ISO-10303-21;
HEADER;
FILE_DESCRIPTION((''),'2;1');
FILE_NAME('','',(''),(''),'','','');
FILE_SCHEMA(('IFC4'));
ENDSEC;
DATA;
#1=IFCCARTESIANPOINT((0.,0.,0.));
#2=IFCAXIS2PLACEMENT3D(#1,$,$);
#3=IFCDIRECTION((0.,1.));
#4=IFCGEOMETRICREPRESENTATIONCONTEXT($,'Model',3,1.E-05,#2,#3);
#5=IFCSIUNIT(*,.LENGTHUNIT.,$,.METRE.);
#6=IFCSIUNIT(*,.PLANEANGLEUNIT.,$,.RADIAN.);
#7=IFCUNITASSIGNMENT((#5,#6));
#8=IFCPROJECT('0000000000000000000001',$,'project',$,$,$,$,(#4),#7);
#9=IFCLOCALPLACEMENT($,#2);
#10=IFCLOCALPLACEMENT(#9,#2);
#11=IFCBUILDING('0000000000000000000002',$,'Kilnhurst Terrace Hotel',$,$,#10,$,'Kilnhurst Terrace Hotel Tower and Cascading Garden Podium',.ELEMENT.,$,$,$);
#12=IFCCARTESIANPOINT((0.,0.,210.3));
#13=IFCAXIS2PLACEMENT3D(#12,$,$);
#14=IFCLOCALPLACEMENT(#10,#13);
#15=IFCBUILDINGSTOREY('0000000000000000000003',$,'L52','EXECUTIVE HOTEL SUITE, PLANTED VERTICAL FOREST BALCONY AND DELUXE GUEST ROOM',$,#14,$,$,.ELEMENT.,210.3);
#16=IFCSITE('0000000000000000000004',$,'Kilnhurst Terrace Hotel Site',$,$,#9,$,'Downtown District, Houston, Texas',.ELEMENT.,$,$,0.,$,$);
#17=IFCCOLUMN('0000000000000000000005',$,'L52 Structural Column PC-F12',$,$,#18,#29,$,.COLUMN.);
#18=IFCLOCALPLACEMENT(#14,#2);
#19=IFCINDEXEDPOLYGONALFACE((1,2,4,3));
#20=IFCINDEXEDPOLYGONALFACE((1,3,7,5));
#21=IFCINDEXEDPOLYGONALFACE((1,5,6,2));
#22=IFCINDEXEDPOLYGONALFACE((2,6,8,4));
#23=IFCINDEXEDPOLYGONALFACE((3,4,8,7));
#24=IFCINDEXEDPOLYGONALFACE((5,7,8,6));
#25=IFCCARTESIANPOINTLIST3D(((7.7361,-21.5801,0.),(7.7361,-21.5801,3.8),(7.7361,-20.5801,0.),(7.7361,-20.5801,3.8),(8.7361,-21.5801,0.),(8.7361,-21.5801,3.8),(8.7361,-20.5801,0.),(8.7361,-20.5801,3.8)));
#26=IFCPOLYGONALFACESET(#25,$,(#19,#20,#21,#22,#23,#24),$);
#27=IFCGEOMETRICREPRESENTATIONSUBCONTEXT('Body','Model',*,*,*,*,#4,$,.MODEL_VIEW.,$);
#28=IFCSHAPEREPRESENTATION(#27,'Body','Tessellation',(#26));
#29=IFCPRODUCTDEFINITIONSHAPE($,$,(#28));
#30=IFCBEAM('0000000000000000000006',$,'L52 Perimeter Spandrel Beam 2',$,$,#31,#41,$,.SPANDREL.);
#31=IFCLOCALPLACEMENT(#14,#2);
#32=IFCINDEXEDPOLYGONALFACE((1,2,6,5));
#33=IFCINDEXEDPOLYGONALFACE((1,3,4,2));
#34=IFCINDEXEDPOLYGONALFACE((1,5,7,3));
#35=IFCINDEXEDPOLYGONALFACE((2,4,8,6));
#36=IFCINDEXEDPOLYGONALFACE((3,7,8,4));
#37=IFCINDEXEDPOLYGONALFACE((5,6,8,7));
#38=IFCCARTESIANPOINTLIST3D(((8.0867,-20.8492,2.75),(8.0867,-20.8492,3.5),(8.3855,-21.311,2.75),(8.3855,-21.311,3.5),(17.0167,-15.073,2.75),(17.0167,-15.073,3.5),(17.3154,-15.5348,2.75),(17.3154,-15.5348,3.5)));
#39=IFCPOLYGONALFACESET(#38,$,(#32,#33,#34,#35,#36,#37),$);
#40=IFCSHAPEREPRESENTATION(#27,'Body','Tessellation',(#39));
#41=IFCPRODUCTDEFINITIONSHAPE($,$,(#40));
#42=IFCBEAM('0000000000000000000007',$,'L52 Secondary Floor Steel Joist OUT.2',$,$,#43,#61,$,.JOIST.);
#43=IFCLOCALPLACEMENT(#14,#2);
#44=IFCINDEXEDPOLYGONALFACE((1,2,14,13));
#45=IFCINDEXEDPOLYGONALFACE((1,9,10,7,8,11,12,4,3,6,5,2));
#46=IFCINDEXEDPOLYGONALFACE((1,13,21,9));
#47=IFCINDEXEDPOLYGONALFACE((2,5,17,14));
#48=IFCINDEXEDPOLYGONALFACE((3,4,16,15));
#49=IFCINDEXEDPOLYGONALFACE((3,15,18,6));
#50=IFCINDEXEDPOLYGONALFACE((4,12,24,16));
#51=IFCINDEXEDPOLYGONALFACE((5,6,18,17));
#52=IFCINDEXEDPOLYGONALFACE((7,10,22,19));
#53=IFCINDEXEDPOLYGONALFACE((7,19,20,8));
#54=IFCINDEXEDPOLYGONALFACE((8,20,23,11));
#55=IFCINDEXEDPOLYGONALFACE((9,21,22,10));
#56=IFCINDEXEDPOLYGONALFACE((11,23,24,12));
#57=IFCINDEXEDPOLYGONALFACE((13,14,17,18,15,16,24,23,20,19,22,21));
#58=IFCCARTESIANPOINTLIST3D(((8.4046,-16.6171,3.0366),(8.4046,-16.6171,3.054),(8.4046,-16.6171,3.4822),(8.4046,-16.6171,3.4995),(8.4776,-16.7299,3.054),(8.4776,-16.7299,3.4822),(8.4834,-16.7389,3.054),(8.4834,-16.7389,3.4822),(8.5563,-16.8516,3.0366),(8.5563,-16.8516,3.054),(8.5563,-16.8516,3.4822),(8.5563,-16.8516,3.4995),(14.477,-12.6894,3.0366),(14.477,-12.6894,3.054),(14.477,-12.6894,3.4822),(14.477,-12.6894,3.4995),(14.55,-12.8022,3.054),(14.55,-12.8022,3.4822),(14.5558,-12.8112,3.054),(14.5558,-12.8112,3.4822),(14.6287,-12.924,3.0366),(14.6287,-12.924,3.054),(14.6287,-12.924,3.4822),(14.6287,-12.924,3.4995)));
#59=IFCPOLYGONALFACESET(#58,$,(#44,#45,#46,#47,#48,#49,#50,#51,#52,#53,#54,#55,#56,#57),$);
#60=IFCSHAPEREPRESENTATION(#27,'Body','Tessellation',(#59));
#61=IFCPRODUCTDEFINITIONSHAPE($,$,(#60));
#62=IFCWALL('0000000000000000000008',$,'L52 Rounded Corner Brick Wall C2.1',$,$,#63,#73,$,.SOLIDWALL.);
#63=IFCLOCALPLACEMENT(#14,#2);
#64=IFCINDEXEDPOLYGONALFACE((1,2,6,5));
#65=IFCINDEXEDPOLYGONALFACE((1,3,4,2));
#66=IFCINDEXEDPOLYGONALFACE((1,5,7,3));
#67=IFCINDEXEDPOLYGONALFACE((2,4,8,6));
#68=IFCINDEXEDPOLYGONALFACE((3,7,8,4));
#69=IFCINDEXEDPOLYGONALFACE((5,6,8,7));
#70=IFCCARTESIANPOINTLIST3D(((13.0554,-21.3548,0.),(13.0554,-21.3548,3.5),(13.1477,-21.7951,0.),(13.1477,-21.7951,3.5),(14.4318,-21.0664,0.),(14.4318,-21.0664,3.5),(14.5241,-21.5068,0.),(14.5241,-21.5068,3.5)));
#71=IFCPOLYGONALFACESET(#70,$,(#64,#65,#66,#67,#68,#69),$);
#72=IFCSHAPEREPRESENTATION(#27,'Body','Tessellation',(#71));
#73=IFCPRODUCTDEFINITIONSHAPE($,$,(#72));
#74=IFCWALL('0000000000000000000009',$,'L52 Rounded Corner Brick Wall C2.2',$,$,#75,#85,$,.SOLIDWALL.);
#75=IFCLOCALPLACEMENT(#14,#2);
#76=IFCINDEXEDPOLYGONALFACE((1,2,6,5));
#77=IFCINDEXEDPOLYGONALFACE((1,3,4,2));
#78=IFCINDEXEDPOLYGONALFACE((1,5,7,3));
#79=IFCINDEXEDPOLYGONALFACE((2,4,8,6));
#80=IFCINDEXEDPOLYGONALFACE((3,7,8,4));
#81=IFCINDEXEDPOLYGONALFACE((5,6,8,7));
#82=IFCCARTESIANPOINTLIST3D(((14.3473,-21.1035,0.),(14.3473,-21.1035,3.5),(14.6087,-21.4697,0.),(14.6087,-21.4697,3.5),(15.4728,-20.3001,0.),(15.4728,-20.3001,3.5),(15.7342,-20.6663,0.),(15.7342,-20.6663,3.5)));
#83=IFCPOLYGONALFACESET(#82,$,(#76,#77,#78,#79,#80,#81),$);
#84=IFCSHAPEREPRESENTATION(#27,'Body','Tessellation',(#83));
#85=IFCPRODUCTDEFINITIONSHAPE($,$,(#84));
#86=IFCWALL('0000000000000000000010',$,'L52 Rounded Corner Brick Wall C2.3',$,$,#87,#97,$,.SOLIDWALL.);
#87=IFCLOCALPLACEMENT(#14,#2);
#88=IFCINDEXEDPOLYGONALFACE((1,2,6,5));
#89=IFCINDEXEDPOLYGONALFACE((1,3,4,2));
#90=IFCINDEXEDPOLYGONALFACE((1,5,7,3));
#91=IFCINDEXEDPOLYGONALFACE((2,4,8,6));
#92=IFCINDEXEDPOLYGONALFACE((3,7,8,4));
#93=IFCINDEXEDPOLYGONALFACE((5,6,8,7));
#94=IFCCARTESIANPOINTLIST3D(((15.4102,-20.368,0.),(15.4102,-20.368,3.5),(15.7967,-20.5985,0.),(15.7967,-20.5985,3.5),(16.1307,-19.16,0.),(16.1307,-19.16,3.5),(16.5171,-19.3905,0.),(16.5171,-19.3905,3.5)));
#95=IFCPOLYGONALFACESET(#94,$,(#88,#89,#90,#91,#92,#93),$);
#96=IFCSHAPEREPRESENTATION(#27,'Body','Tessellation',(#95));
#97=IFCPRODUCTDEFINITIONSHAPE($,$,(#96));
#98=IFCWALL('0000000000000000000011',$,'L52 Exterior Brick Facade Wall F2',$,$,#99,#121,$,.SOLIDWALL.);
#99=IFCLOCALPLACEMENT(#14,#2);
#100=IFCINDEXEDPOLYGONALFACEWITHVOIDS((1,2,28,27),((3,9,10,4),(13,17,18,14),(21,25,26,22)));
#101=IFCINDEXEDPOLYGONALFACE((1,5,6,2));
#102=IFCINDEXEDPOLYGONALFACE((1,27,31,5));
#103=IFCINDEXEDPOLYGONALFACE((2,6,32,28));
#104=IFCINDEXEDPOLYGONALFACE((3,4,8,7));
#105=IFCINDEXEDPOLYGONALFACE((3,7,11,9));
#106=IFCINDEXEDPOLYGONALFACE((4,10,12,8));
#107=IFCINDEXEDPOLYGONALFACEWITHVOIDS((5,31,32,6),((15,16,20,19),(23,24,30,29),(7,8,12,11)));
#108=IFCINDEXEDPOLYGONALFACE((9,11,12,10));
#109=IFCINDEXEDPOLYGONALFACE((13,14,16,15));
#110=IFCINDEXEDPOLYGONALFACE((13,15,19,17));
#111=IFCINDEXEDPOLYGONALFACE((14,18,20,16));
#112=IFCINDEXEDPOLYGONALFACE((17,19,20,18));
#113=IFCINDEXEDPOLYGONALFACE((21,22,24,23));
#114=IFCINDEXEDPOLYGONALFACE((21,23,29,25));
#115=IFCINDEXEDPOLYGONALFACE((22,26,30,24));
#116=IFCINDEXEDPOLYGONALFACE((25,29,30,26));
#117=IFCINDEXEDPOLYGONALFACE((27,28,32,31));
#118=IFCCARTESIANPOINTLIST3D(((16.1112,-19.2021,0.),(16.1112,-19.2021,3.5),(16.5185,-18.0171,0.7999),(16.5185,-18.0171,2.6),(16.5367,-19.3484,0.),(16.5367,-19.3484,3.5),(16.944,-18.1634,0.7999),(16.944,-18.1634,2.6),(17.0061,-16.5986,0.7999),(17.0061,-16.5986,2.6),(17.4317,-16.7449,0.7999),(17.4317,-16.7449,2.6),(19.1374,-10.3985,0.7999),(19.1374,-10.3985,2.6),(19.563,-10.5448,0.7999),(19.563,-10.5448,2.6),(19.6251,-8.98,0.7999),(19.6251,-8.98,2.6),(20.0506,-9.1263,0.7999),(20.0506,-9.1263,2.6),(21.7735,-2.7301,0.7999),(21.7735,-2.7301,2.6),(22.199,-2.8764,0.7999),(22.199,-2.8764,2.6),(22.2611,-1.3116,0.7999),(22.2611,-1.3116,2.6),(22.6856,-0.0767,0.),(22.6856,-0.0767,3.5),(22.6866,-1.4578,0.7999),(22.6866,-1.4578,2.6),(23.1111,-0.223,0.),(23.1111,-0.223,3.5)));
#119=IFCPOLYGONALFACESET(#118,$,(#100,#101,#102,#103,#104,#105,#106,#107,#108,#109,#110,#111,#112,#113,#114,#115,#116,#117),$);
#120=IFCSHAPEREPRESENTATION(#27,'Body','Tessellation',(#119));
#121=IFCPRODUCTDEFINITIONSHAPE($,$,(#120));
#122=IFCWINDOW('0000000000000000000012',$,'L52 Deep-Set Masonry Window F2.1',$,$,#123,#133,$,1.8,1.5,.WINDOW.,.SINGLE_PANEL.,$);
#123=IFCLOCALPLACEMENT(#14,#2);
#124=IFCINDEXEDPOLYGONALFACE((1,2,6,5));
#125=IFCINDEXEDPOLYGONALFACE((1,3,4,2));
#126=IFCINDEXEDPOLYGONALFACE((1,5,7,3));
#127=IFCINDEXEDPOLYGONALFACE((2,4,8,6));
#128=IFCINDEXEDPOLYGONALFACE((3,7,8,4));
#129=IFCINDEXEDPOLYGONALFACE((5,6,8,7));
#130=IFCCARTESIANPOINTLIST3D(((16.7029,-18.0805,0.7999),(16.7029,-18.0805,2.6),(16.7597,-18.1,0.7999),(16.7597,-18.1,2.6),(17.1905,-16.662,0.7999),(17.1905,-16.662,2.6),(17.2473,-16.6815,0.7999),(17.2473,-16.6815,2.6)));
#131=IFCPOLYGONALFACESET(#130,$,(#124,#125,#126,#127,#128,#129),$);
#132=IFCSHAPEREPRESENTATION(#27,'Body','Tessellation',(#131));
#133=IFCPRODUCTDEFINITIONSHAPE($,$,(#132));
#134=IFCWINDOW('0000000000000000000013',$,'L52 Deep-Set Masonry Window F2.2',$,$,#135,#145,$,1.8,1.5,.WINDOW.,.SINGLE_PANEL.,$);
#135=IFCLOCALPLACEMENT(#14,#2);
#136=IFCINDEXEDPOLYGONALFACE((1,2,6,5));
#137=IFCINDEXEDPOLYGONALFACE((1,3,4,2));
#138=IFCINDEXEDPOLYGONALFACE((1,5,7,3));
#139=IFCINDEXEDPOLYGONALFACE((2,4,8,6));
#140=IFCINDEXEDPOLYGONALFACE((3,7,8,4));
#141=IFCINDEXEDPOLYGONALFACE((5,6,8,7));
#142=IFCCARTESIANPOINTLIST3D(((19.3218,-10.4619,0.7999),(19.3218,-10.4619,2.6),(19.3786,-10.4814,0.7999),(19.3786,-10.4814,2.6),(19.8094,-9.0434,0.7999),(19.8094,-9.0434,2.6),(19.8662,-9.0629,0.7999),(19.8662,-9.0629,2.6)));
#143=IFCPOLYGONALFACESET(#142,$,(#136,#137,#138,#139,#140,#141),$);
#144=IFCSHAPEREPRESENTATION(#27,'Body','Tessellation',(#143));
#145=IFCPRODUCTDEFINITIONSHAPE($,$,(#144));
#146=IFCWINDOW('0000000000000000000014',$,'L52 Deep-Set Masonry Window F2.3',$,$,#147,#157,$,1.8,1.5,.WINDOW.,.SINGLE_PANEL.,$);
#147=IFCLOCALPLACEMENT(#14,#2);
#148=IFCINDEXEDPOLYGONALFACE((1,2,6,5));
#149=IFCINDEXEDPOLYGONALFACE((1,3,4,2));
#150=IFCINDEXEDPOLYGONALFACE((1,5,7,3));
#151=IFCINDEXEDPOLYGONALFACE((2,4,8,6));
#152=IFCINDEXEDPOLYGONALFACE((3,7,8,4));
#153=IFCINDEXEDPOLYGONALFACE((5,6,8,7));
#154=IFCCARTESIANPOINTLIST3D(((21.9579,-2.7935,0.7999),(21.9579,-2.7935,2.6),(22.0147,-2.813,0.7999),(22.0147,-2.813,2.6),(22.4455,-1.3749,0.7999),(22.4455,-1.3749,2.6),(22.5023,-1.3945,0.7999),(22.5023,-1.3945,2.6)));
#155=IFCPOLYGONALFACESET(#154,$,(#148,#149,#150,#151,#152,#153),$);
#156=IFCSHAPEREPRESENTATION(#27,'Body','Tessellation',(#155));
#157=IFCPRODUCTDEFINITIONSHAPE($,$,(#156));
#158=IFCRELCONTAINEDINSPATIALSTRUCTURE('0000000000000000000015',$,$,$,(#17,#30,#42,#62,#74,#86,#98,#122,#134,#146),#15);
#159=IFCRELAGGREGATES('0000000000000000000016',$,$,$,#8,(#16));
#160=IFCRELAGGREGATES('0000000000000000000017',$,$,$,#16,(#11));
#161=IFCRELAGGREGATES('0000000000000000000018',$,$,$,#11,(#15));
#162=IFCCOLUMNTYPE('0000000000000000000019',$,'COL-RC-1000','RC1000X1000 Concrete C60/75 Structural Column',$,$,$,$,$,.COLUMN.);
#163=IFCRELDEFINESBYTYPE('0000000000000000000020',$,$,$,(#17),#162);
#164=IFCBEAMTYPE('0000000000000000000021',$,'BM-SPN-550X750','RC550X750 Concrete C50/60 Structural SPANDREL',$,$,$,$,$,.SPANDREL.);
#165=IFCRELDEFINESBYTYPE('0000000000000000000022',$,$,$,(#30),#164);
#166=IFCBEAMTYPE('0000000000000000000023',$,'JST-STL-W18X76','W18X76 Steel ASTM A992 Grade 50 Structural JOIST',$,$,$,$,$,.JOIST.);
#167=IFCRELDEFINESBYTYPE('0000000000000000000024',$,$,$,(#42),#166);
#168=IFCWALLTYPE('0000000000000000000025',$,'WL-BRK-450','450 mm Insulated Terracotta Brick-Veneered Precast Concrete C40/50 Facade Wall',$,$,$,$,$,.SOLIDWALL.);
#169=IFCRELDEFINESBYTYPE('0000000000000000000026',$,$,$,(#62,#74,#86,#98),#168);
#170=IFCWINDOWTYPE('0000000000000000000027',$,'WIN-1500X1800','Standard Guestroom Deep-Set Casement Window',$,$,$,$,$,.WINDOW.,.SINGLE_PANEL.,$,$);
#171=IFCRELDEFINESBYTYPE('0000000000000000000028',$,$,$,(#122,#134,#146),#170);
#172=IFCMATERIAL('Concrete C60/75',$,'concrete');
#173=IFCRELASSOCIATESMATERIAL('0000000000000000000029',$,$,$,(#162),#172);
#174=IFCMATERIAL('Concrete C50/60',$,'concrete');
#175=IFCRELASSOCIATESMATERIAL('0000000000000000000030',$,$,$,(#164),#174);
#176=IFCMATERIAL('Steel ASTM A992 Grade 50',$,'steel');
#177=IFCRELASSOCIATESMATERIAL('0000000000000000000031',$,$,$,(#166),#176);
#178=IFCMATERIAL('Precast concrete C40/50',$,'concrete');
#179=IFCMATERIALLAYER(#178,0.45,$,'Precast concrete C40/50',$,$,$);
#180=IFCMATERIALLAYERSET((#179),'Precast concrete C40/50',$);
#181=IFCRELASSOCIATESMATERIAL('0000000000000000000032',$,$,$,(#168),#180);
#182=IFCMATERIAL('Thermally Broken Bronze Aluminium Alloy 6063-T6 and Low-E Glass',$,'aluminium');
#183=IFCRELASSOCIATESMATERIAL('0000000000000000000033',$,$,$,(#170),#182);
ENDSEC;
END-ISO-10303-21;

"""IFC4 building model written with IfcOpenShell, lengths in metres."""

from ifc_helpers import new_model, si_unit, direction, frame, frame_2d, origin, origin_2d, place, context, subcontext, project, spatial, rectangle, i_section, extrude, material, layer, layer_set, material_profile, profile_set, type_object, element, fill, save


model = new_model("IFC4")

# Units and contexts
model_context = context("Model", 3, precision=1e-05, world=origin(), true_north=direction((0.0, 1.0)))
body_context = subcontext(model_context, "Body", "Model", "MODEL_VIEW")
ifc_project = project(units=[si_unit("LENGTHUNIT", "METRE"), si_unit("PLANEANGLEUNIT", "RADIAN")], contexts=[model_context])

# Site, building, storey
site_placement = place(None, origin())
site = spatial("IfcSite", under=ifc_project, at=site_placement, Name="Kilnhurst Terrace Hotel Site", LongName="Downtown District, Houston, Texas", CompositionType="ELEMENT", RefElevation=0.0)
building_placement = place(site_placement, origin())
building = spatial("IfcBuilding", under=site, at=building_placement, Name="Kilnhurst Terrace Hotel", LongName="Kilnhurst Terrace Hotel Tower and Cascading Garden Podium", CompositionType="ELEMENT")
storey_placement = place(building_placement, frame((0.0, 0.0, 210.3)))
storey = spatial("IfcBuildingStorey", under=building, at=storey_placement, Name="L52", Description="EXECUTIVE HOTEL SUITE, PLANTED VERTICAL FOREST BALCONY AND DELUXE GUEST ROOM", CompositionType="ELEMENT", Elevation=210.3)

# Column
ifc_material_1 = material(Name="Concrete C60/75", Category="concrete")
ifc_material_profile_1 = material_profile(ifc_material_1, rectangle(XDim=1.0, YDim=1.0, at=origin_2d()), Name="RC1000X1000")
ifc_profile_set_1 = profile_set([ifc_material_profile_1], Name="Concrete C60/75")
column_type = type_object("IfcColumnType", Name="COL-RC-1000", Description="RC1000X1000 Concrete C60/75 Structural Column", PredefinedType="COLUMN", material=ifc_profile_set_1)
column_placement = place(storey_placement, frame((8.2361, -21.0801, 0.0), z_axis=(0.0, 0.0, 1.0), x_axis=(1.0, 0.0, 0.0)))
element("IfcColumn", 1, at=column_placement, inside=storey, type_object=column_type, Name="L52 Structural Column PC-F12", PredefinedType="COLUMN", context=body_context, shape_type="SweptSolid", body=[
    extrude(rectangle(XDim=1.0, YDim=1.0, at=origin_2d()), origin(), (0.0, 0.0, 1.0), 3.8),
])

# Beams
ifc_material_2 = material(Name="Concrete C50/60", Category="concrete")
ifc_material_profile_2 = material_profile(ifc_material_2, rectangle(XDim=0.55, YDim=0.75, at=origin_2d()), Name="RC550X750")
ifc_profile_set_2 = profile_set([ifc_material_profile_2], Name="Concrete C50/60")
beam_type_1 = type_object("IfcBeamType", Name="BM-SPN-550X750", Description="RC550X750 Concrete C50/60 Structural SPANDREL", PredefinedType="SPANDREL", material=ifc_profile_set_2)
beam_1_placement = place(storey_placement, frame((8.2361, -21.0801, 3.125), z_axis=(0.839659, 0.543114, 0.0), x_axis=(-0.543114, 0.839659, 0.0)))
element("IfcBeam", 2, at=beam_1_placement, inside=storey, type_object=beam_type_1, Name="L52 Perimeter Spandrel Beam 2", PredefinedType="SPANDREL", context=body_context, shape_type="SweptSolid", body=[
    extrude(rectangle(XDim=0.55, YDim=0.75, at=origin_2d()), origin(), (0.0, 0.0, 1.0), 10.6353),
])
ifc_material_3 = material(Name="Steel ASTM A992 Grade 50", Category="steel")
ifc_material_profile_3 = material_profile(ifc_material_3, i_section(OverallWidth=0.2793, OverallDepth=0.4629, WebThickness=0.0107, FlangeThickness=0.0173, at=origin_2d()), Name="W18X76")
ifc_profile_set_3 = profile_set([ifc_material_profile_3], Name="Steel ASTM A992 Grade 50")
beam_type_2 = type_object("IfcBeamType", Name="JST-STL-W18X76", Description="W18X76 Steel ASTM A992 Grade 50 Structural JOIST", PredefinedType="JOIST", material=ifc_profile_set_3)
beam_2_placement = place(storey_placement, frame((8.4805, -16.7344, 3.2681), z_axis=(0.839667, 0.543101, 0.0), x_axis=(-0.543101, 0.839667, 0.0)))
element("IfcBeam", 3, at=beam_2_placement, inside=storey, type_object=beam_type_2, Name="L52 Secondary Floor Steel Joist OUT.2", PredefinedType="JOIST", context=body_context, shape_type="SweptSolid", body=[
    extrude(i_section(OverallWidth=0.2793, OverallDepth=0.4629, WebThickness=0.0107, FlangeThickness=0.0173, at=origin_2d()), origin(), (0.0, 0.0, 1.0), 7.2319),
])

# Walls
ifc_material_4 = material(Name="Precast concrete C40/50", Category="concrete")
ifc_layer_1 = layer(ifc_material_4, 0.45, Name="Precast concrete C40/50")
ifc_layer_set_1 = layer_set([ifc_layer_1], Name="Precast concrete C40/50")
wall_type_1 = type_object("IfcWallType", Name="WL-BRK-450", Description="450 mm Insulated Terracotta Brick-Veneered Precast Concrete C40/50 Facade Wall", PredefinedType="SOLIDWALL", material=ifc_layer_set_1)
wall_1_placement = place(storey_placement, frame((13.1016, -21.575, 0.0), z_axis=(0.0, 0.0, 1.0), x_axis=(0.978757, 0.205022, 0.0)))
element("IfcWall", 4, at=wall_1_placement, inside=storey, type_object=wall_type_1, Name="L52 Rounded Corner Brick Wall C2.1", PredefinedType="SOLIDWALL", context=body_context, shape_type="SweptSolid", body=[
    extrude(rectangle(XDim=1.4062, YDim=0.45, at=frame_2d((0.7031, 0.0))), origin(), (0.0, 0.0, 1.0), 3.5),
])
wall_2_placement = place(storey_placement, frame((14.478, -21.2866, 0.0), z_axis=(0.0, 0.0, 1.0), x_axis=(0.813889, 0.581021, 0.0)))
element("IfcWall", 5, at=wall_2_placement, inside=storey, type_object=wall_type_1, Name="L52 Rounded Corner Brick Wall C2.2", PredefinedType="SOLIDWALL", context=body_context, shape_type="SweptSolid", body=[
    extrude(rectangle(XDim=1.3828, YDim=0.45, at=frame_2d((0.6914, 0.0))), origin(), (0.0, 0.0, 1.0), 3.5),
])
wall_3_placement = place(storey_placement, frame((15.6035, -20.4832, 0.0), z_axis=(0.0, 0.0, 1.0), x_axis=(0.512222, 0.858853, 0.0)))
element("IfcWall", 6, at=wall_3_placement, inside=storey, type_object=wall_type_1, Name="L52 Rounded Corner Brick Wall C2.3", PredefinedType="SOLIDWALL", context=body_context, shape_type="SweptSolid", body=[
    extrude(rectangle(XDim=1.4065, YDim=0.45, at=frame_2d((0.7031, 0.0))), origin(), (0.0, 0.0, 1.0), 3.5),
])

# Wall, openings, windows
wall_4_placement = place(storey_placement, frame((16.324, -19.2751, 0.0), z_axis=(0.0, 0.0, 1.0), x_axis=(0.325083, 0.945685, 0.0)))
wall_4 = element("IfcWall", 7, at=wall_4_placement, inside=storey, type_object=wall_type_1, Name="L52 Exterior Brick Facade Wall F2", PredefinedType="SOLIDWALL", context=body_context, shape_type="SweptSolid", body=[
    extrude(rectangle(XDim=20.2239, YDim=0.45, at=frame_2d((10.1118, 0.0))), origin(), (0.0, 0.0, 1.0), 3.5),
])
opening_1_placement = place(wall_4_placement, frame((1.2529, 0.0, 0.8)))
opening_1 = element("IfcOpeningElement", 8, at=opening_1_placement, cuts=wall_4, PredefinedType="OPENING", context=body_context, shape_type="SweptSolid", body=[
    extrude(rectangle(XDim=1.5, YDim=1.8, at=frame_2d((0.75, 0.8999))), frame((0.0, 0.2349, 0.0), z_axis=(0.0, -1.0, 0.0), x_axis=(1.0, 0.0, 0.0)), (0.0, 0.0, 1.0), 0.47),
])
opening_2_placement = place(wall_4_placement, frame((9.3091, 0.0, 0.8)))
opening_2 = element("IfcOpeningElement", 9, at=opening_2_placement, cuts=wall_4, PredefinedType="OPENING", context=body_context, shape_type="SweptSolid", body=[
    extrude(rectangle(XDim=1.5, YDim=1.8, at=frame_2d((0.75, 0.8999))), frame((0.0, 0.2349, 0.0), z_axis=(0.0, -1.0, 0.0), x_axis=(1.0, 0.0, 0.0)), (0.0, 0.0, 1.0), 0.47),
])
opening_3_placement = place(wall_4_placement, frame((17.418, 0.0, 0.8)))
opening_3 = element("IfcOpeningElement", 10, at=opening_3_placement, cuts=wall_4, PredefinedType="OPENING", context=body_context, shape_type="SweptSolid", body=[
    extrude(rectangle(XDim=1.5, YDim=1.8, at=frame_2d((0.75, 0.8999))), frame((0.0, 0.2349, 0.0), z_axis=(0.0, -1.0, 0.0), x_axis=(1.0, 0.0, 0.0)), (0.0, 0.0, 1.0), 0.47),
])
ifc_material_5 = material(Name="Thermally Broken Bronze Aluminium Alloy 6063-T6 and Low-E Glass", Category="aluminium")
window_type = type_object("IfcWindowType", Name="WIN-1500X1800", Description="Standard Guestroom Deep-Set Casement Window", PartitioningType="SINGLE_PANEL", PredefinedType="WINDOW", material=ifc_material_5)
window_1_placement = place(opening_1_placement, origin())
window_1 = element("IfcWindow", 11, at=window_1_placement, inside=storey, type_object=window_type, Name="L52 Deep-Set Masonry Window F2.1", OverallHeight=1.8, OverallWidth=1.5, PartitioningType="SINGLE_PANEL", PredefinedType="WINDOW", context=body_context, shape_type="SweptSolid", body=[
    extrude(rectangle(XDim=1.5, YDim=1.8, at=frame_2d((0.75, 0.8999))), frame((0.0, 0.03, 0.0), z_axis=(0.0, -1.0, 0.0), x_axis=(1.0, 0.0, 0.0)), (0.0, 0.0, 1.0), 0.0601),
])
fill(opening_1, window_1)
window_2_placement = place(opening_2_placement, origin())
window_2 = element("IfcWindow", 12, at=window_2_placement, inside=storey, type_object=window_type, Name="L52 Deep-Set Masonry Window F2.2", OverallHeight=1.8, OverallWidth=1.5, PartitioningType="SINGLE_PANEL", PredefinedType="WINDOW", context=body_context, shape_type="SweptSolid", body=[
    extrude(rectangle(XDim=1.5, YDim=1.8, at=frame_2d((0.75, 0.8999))), frame((0.0, 0.03, 0.0), z_axis=(0.0, -1.0, 0.0), x_axis=(1.0, 0.0, 0.0)), (0.0, 0.0, 1.0), 0.0601),
])
fill(opening_2, window_2)
window_3_placement = place(opening_3_placement, origin())
window_3 = element("IfcWindow", 13, at=window_3_placement, inside=storey, type_object=window_type, Name="L52 Deep-Set Masonry Window F2.3", OverallHeight=1.8, OverallWidth=1.5, PartitioningType="SINGLE_PANEL", PredefinedType="WINDOW", context=body_context, shape_type="SweptSolid", body=[
    extrude(rectangle(XDim=1.5, YDim=1.8, at=frame_2d((0.75, 0.8999))), frame((0.0, 0.03, 0.0), z_axis=(0.0, -1.0, 0.0), x_axis=(1.0, 0.0, 0.0)), (0.0, 0.0, 1.0), 0.0601),
])
fill(opening_3, window_3)

save(model, "model.ifc")
